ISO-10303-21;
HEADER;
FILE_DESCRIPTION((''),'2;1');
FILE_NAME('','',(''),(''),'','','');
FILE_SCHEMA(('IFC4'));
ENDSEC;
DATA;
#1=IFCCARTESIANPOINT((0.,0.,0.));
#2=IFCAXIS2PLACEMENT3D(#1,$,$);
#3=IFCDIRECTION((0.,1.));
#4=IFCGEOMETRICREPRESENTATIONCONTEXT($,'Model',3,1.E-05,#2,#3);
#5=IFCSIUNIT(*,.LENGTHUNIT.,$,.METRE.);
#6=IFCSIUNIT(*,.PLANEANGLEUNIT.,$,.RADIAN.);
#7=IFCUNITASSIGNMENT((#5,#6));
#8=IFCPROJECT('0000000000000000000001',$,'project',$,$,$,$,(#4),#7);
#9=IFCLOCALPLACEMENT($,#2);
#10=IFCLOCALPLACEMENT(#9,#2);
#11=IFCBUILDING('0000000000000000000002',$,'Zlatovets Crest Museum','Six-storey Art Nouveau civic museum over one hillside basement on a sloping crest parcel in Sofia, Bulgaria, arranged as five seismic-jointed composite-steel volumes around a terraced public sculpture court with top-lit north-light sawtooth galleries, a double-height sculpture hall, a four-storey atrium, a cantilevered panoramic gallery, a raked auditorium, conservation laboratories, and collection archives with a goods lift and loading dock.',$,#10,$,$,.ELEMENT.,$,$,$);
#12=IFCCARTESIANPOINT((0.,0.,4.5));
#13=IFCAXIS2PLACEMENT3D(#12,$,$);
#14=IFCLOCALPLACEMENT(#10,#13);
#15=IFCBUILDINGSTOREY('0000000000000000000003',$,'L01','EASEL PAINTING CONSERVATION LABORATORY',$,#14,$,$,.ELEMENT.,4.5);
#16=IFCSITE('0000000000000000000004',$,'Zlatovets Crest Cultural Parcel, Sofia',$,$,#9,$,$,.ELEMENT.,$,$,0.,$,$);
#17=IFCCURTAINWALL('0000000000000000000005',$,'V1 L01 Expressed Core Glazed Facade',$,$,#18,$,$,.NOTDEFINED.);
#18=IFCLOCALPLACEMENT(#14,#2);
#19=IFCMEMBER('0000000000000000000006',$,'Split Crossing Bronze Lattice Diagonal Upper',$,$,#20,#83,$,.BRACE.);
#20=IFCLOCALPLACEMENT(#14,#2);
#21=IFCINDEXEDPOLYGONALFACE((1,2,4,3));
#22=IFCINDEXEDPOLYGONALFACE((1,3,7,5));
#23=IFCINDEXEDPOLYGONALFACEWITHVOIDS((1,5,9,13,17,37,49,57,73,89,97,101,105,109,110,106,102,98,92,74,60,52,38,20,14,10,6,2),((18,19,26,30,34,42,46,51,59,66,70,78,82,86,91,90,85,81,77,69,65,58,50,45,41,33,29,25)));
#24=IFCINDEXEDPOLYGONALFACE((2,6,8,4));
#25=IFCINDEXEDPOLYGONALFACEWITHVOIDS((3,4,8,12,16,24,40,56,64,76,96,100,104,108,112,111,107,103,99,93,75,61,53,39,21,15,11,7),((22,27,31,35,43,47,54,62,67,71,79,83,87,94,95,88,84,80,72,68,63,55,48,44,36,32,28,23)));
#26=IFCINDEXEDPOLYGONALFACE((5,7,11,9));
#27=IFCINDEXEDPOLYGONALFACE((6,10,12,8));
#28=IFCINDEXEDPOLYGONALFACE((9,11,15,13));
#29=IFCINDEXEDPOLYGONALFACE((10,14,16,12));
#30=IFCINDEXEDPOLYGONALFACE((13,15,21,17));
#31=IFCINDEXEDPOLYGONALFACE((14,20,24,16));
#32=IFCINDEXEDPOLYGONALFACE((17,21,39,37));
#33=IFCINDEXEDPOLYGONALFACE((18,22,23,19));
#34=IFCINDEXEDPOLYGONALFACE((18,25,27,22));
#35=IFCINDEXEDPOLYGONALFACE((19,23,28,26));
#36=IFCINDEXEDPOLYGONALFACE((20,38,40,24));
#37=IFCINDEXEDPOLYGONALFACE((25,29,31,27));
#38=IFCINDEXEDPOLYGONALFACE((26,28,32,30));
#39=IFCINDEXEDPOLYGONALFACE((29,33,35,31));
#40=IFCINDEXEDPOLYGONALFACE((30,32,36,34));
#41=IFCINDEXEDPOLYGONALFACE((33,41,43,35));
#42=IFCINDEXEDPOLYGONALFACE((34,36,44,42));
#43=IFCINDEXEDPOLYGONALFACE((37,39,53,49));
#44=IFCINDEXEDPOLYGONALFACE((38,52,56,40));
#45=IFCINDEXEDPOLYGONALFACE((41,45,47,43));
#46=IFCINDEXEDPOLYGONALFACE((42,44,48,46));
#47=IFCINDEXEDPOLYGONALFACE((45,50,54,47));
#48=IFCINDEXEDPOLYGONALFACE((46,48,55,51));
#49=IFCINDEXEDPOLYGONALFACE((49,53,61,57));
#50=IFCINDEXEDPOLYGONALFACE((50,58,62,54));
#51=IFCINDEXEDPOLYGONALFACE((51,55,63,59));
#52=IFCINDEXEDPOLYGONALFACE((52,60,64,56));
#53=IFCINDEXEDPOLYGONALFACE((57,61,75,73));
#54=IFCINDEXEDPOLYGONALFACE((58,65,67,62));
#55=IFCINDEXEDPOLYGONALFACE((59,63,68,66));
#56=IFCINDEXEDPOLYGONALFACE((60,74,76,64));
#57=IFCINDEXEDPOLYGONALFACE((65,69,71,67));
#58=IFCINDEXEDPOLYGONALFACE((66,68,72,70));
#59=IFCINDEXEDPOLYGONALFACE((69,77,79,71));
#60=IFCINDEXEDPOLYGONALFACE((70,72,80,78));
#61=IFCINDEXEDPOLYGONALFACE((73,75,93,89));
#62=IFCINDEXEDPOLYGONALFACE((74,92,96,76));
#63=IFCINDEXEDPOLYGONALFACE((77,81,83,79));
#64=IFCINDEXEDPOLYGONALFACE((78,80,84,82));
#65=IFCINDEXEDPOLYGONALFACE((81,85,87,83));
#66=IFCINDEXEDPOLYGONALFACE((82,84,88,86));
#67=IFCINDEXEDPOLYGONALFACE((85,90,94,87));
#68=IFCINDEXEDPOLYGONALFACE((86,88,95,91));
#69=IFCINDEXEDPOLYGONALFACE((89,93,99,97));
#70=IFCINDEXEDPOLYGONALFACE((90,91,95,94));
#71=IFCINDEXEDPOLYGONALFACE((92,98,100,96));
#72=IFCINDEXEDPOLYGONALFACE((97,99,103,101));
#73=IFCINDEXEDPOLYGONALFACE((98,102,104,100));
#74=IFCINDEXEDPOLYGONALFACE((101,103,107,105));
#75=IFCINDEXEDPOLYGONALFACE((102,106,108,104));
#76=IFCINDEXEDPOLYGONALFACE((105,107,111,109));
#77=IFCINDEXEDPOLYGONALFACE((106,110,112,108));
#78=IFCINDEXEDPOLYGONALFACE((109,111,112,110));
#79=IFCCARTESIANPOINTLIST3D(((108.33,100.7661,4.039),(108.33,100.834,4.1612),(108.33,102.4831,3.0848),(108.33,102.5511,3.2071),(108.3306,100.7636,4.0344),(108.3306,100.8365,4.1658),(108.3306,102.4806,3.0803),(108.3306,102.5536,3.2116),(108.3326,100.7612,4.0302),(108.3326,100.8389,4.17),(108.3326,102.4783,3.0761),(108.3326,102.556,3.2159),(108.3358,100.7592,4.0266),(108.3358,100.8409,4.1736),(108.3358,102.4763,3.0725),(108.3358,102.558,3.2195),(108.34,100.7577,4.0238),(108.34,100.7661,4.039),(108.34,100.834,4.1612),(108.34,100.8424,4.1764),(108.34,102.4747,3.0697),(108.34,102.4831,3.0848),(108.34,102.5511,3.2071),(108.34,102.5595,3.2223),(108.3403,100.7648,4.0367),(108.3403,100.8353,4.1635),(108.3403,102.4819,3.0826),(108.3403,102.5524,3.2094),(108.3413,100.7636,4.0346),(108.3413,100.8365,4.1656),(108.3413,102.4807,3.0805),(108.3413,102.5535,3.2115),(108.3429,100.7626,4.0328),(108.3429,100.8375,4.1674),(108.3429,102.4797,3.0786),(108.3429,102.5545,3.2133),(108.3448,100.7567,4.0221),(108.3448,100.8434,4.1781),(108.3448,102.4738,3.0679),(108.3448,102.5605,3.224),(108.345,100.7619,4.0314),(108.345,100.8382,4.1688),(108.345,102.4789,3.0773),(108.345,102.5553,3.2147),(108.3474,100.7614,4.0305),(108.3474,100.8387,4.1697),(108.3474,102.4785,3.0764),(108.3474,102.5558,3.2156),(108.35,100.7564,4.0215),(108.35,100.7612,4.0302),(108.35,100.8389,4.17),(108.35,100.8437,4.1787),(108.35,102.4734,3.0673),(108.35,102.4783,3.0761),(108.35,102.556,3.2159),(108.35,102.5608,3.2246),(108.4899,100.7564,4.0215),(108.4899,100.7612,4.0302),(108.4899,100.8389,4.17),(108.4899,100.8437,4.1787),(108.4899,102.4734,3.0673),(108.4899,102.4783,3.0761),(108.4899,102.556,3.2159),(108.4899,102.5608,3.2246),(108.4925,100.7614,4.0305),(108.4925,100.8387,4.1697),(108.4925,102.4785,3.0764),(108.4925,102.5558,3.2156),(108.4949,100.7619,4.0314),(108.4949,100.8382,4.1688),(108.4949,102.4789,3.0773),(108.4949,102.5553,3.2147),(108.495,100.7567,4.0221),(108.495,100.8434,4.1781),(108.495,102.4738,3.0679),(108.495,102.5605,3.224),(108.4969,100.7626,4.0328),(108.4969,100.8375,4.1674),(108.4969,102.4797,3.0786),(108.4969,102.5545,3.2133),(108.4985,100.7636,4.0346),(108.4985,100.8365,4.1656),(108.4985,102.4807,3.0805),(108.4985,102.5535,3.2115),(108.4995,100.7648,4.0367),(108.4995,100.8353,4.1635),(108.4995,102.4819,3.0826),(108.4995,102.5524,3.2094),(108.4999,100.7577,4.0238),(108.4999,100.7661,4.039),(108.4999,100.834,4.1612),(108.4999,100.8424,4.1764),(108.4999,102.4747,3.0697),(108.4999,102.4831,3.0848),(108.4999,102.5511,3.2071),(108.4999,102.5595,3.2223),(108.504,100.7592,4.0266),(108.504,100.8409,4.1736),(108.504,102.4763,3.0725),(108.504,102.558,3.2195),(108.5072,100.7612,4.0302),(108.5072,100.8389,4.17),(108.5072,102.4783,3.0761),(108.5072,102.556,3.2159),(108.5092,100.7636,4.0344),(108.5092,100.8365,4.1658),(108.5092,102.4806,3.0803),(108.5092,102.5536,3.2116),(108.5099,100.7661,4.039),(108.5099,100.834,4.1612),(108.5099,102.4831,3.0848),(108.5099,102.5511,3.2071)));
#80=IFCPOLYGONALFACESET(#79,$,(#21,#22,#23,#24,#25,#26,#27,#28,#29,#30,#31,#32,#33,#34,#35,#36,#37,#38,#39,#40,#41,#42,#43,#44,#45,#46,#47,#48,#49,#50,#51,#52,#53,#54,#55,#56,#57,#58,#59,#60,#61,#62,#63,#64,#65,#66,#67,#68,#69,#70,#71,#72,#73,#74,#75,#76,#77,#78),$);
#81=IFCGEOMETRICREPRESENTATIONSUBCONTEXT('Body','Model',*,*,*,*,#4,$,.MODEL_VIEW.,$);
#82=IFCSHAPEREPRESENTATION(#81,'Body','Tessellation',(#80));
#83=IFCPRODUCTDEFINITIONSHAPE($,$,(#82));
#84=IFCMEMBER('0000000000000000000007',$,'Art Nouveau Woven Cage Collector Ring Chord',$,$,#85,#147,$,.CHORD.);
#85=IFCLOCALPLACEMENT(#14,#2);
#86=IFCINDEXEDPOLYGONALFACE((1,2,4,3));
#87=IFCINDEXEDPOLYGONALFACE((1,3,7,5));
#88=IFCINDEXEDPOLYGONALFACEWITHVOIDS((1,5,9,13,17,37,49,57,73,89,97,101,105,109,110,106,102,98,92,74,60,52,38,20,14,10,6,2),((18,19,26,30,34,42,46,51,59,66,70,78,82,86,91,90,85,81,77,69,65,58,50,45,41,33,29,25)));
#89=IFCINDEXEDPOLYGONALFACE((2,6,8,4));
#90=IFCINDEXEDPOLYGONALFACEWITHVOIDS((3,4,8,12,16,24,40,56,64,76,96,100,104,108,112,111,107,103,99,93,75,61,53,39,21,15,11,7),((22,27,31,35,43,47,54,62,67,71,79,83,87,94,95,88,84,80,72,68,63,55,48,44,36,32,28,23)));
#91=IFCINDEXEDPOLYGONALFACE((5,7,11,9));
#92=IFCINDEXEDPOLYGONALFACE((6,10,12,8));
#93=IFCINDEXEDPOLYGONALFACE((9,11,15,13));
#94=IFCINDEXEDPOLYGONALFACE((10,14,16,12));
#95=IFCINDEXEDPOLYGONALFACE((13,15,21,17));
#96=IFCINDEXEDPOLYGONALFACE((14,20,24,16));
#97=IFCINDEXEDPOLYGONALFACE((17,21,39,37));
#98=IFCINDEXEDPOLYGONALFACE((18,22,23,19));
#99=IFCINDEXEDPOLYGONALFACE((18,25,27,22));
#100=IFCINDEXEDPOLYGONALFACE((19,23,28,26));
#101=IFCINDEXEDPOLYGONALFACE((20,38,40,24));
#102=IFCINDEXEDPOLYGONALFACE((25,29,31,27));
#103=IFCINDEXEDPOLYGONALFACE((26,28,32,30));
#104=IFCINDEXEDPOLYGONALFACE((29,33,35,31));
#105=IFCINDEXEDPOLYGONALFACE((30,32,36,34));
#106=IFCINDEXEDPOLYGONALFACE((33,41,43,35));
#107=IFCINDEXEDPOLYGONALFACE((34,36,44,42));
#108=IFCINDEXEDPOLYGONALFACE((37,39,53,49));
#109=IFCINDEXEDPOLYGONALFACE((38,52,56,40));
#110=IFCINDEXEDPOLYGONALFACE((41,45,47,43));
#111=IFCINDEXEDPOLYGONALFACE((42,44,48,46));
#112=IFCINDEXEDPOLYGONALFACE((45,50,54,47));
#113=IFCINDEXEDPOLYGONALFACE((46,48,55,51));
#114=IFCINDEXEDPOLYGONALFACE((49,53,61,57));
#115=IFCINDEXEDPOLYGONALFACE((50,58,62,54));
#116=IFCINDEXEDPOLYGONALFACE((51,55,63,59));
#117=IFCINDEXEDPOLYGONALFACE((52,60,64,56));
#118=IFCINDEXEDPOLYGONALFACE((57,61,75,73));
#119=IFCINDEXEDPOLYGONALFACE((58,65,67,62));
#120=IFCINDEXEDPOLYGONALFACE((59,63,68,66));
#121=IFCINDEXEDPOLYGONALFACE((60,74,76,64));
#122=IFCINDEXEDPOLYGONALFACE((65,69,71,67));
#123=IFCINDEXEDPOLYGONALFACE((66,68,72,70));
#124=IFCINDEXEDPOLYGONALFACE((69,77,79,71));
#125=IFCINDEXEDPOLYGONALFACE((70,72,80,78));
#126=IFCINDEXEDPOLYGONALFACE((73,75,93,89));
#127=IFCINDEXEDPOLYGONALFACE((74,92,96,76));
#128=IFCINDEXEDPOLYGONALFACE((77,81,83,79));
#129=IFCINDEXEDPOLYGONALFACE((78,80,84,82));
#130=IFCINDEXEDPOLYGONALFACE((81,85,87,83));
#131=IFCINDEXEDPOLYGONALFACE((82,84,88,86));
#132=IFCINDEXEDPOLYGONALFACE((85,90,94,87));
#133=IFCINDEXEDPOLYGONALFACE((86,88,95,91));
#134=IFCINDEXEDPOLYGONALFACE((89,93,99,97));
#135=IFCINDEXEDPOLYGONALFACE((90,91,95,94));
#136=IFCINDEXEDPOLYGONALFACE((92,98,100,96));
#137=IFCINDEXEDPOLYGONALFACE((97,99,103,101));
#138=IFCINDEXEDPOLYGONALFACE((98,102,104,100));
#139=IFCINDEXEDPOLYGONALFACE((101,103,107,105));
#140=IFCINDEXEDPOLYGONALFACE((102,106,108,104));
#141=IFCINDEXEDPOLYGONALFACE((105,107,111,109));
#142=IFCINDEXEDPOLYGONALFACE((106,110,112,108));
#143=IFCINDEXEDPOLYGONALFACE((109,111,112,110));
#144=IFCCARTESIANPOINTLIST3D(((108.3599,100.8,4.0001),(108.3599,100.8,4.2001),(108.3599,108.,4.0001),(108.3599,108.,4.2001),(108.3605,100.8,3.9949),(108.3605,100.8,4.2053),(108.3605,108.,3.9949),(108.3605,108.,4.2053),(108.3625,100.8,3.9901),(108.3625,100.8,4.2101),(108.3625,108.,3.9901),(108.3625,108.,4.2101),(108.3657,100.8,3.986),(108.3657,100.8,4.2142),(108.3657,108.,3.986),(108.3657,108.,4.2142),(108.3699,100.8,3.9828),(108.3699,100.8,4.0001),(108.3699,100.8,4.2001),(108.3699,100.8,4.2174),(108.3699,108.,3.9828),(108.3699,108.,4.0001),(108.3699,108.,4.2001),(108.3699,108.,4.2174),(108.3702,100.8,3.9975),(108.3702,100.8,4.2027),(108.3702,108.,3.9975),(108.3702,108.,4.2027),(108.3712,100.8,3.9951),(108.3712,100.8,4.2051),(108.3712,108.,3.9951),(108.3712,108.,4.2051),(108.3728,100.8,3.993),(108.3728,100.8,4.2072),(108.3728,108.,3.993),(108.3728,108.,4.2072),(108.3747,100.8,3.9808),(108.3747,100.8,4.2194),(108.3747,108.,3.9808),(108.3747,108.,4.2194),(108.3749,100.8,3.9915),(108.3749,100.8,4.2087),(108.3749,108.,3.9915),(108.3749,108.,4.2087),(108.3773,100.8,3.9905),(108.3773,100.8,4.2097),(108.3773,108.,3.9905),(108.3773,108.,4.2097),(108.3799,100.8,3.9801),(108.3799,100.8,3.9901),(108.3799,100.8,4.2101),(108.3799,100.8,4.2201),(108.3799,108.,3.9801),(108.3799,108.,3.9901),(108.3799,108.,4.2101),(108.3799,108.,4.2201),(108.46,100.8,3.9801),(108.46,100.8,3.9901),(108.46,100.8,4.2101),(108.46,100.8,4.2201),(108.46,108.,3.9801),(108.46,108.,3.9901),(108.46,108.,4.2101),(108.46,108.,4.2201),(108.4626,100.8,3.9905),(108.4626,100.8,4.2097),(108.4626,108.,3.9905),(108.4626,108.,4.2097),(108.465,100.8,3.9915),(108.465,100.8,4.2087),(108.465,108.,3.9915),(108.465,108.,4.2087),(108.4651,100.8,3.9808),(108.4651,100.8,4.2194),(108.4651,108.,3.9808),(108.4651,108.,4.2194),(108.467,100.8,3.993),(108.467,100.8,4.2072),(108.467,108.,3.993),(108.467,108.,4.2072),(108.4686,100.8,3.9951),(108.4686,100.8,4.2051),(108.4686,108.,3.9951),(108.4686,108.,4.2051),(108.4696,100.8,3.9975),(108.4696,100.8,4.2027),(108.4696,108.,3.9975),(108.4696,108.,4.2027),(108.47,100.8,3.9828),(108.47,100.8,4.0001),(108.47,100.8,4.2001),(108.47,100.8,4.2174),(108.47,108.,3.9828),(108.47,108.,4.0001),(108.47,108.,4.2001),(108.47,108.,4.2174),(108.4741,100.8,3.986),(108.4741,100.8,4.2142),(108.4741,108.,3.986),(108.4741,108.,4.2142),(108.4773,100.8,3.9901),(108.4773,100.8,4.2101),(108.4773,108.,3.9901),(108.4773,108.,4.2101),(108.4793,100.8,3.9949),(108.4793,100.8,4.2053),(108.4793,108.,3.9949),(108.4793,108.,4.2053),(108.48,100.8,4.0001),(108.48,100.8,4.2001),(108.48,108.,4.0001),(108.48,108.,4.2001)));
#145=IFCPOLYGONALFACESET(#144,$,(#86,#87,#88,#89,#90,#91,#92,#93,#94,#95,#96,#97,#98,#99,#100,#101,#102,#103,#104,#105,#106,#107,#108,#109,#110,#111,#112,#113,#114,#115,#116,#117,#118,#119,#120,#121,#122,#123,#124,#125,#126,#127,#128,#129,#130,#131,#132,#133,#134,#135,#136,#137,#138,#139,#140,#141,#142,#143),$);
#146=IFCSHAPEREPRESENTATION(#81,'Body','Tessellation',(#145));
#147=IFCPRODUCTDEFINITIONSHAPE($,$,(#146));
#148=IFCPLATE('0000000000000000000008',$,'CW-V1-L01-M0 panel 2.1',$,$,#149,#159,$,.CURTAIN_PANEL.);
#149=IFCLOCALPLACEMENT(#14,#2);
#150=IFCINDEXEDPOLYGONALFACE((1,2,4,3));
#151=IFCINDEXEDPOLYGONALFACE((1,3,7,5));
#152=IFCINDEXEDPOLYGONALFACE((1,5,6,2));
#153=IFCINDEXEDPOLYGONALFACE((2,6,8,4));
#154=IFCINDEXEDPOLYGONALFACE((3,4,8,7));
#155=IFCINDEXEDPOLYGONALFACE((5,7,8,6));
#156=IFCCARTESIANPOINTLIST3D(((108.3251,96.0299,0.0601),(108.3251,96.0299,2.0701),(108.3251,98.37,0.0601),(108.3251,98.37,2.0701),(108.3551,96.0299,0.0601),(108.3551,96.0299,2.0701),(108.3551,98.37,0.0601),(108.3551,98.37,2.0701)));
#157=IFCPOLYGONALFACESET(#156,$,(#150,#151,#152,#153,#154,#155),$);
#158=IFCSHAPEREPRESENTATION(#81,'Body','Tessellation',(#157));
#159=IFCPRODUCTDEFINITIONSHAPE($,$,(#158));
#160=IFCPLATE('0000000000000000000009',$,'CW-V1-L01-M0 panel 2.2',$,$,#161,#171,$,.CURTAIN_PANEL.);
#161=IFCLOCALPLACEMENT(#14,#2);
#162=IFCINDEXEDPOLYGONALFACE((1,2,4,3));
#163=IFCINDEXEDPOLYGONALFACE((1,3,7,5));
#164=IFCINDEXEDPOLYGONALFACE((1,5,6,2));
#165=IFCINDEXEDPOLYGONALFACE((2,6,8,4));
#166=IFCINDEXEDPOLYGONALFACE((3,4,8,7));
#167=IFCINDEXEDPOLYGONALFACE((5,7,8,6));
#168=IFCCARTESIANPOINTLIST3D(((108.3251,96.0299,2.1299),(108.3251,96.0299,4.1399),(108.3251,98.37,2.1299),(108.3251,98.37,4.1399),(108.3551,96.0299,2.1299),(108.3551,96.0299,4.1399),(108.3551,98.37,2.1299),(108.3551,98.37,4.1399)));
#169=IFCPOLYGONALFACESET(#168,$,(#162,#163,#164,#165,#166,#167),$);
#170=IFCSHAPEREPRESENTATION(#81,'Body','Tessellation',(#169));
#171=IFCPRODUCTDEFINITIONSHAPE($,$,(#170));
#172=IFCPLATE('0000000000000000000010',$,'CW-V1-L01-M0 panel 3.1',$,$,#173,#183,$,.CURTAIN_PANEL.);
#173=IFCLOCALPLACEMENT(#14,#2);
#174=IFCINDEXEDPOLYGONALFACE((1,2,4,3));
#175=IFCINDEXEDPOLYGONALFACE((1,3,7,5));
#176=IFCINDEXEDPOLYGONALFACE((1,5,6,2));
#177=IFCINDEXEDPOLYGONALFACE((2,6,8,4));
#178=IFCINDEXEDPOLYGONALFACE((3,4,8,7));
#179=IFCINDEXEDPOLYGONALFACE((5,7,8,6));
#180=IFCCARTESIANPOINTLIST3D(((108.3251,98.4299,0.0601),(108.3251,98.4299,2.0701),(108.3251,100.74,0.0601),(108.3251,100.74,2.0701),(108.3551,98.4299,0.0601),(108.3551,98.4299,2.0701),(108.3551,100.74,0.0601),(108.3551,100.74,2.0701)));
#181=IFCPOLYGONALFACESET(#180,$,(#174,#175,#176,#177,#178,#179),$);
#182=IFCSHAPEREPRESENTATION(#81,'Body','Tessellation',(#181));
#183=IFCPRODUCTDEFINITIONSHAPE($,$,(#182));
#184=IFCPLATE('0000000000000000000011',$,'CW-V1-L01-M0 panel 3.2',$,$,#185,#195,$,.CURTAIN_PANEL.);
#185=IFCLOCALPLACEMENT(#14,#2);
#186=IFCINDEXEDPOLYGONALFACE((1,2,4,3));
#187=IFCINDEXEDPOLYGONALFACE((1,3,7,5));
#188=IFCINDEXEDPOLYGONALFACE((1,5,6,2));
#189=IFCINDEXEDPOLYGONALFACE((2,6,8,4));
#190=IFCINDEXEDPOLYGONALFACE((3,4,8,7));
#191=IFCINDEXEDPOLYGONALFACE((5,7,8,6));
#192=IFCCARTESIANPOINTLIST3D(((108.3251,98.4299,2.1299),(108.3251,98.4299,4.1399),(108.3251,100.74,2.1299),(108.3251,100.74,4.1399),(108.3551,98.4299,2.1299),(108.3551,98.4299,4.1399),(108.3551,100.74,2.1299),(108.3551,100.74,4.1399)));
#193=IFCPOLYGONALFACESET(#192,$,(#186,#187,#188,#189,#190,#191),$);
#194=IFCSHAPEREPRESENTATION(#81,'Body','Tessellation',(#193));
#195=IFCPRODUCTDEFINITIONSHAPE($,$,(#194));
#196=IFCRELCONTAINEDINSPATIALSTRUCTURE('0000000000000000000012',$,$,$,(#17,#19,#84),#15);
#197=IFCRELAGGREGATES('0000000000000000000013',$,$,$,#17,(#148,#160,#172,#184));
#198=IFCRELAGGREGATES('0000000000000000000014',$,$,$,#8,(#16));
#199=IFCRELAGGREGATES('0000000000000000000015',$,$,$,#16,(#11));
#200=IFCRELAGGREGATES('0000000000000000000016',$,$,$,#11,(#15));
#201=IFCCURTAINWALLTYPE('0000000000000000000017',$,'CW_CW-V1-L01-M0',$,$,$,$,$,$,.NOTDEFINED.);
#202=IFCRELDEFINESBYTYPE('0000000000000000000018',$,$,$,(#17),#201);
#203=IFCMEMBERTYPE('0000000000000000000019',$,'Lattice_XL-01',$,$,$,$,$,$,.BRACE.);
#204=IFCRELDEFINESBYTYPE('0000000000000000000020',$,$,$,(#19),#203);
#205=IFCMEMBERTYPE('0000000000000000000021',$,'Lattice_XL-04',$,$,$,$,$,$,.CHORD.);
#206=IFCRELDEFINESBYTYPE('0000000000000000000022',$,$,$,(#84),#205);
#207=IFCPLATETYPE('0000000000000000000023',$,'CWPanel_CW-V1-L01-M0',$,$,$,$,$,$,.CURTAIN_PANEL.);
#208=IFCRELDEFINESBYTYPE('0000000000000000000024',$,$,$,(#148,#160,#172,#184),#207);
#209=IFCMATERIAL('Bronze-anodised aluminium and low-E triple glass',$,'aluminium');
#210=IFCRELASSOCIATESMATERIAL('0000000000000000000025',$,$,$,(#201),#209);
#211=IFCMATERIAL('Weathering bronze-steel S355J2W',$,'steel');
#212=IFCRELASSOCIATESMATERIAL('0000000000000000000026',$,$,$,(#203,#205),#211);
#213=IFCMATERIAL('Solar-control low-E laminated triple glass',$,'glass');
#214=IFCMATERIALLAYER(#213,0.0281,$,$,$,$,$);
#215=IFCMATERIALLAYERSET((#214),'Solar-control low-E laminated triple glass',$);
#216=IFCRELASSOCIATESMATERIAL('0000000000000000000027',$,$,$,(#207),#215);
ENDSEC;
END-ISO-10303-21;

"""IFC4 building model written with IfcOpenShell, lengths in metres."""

from ifc_helpers import new_model, si_unit, direction, frame, origin, origin_2d, place, context, subcontext, project, spatial, rectangle, hollow_rectangle, extrude, material, layer, layer_set, material_profile, profile_set, type_object, element, aggregate, save


model = new_model("IFC4")

# Units and contexts
model_context = context("Model", 3, precision=1e-05, world=origin(), true_north=direction((0.0, 1.0)))
body_context = subcontext(model_context, "Body", "Model", "MODEL_VIEW")
ifc_project = project(units=[si_unit("LENGTHUNIT", "METRE"), si_unit("PLANEANGLEUNIT", "RADIAN")], contexts=[model_context])

# Site, building, storey
site_placement = place(None, origin())
site = spatial("IfcSite", under=ifc_project, at=site_placement, Name="Zlatovets Crest Cultural Parcel, Sofia", CompositionType="ELEMENT", RefElevation=0.0)
building_placement = place(site_placement, origin())
building = spatial("IfcBuilding", under=site, at=building_placement, Name="Zlatovets Crest Museum", Description="Six-storey Art Nouveau civic museum over one hillside basement on a sloping crest parcel in Sofia, Bulgaria, arranged as five seismic-jointed composite-steel volumes around a terraced public sculpture court with top-lit north-light sawtooth galleries, a double-height sculpture hall, a four-storey atrium, a cantilevered panoramic gallery, a raked auditorium, conservation laboratories, and collection archives with a goods lift and loading dock.", CompositionType="ELEMENT")
storey_placement = place(building_placement, frame((0.0, 0.0, 4.5)))
storey = spatial("IfcBuildingStorey", under=building, at=storey_placement, Name="L01", Description="EASEL PAINTING CONSERVATION LABORATORY", CompositionType="ELEMENT", Elevation=4.5)

# Curtain wall
ifc_material_1 = material(Name="Bronze-anodised aluminium and low-E triple glass", Category="aluminium")
curtain_wall_type_1 = type_object("IfcCurtainWallType", Name="CW_CW-V1-L01-M0", PredefinedType="NOTDEFINED", material=ifc_material_1)
curtain_wall_1_placement = place(storey_placement, origin())
curtain_wall_1 = element("IfcCurtainWall", 1, at=curtain_wall_1_placement, inside=storey, type_object=curtain_wall_type_1, Name="V1 L01 Expressed Core Glazed Facade", PredefinedType="NOTDEFINED")

# Members
ifc_material_2 = material(Name="Weathering bronze-steel S355J2W", Category="steel")
ifc_material_profile_1 = material_profile(ifc_material_2, hollow_rectangle(XDim=0.1799, YDim=0.1799, WallThickness=0.01, InnerFilletRadius=0.01, OuterFilletRadius=0.02, at=origin_2d()), Name="SHS 180x180x10.0")
ifc_profile_set_1 = profile_set([ifc_material_profile_1], Name="Weathering bronze-steel S355J2W")
member_type_1 = type_object("IfcMemberType", Name="Lattice_XL-01", PredefinedType="BRACE", material=ifc_profile_set_1)
member_1_placement = place(storey_placement, frame((108.4199, 100.8, 4.1001), z_axis=(0.0, 0.874116, -0.485717), x_axis=(-1.0, 0.0, 0.0)))
element("IfcMember", 2, at=member_1_placement, inside=storey, type_object=member_type_1, Name="Split Crossing Bronze Lattice Diagonal Upper", PredefinedType="BRACE", context=body_context, shape_type="SweptSolid", body=[
    extrude(hollow_rectangle(XDim=0.1799, YDim=0.1799, WallThickness=0.01, InnerFilletRadius=0.01, OuterFilletRadius=0.02, at=origin_2d()), origin(), (0.0, 0.0, 1.0), 1.9644),
])
ifc_material_profile_2 = material_profile(ifc_material_2, hollow_rectangle(XDim=0.1201, YDim=0.24, WallThickness=0.01, InnerFilletRadius=0.01, OuterFilletRadius=0.02, at=origin_2d()), Name="RHS 120x240x10.0")
ifc_profile_set_2 = profile_set([ifc_material_profile_2], Name="Weathering bronze-steel S355J2W")
member_type_2 = type_object("IfcMemberType", Name="Lattice_XL-04", PredefinedType="CHORD", material=ifc_profile_set_2)
member_2_placement = place(storey_placement, frame((108.4199, 100.8, 4.1001), z_axis=(0.0, 1.0, 0.0), x_axis=(-1.0, 0.0, 0.0)))
element("IfcMember", 3, at=member_2_placement, inside=storey, type_object=member_type_2, Name="Art Nouveau Woven Cage Collector Ring Chord", PredefinedType="CHORD", context=body_context, shape_type="SweptSolid", body=[
    extrude(hollow_rectangle(XDim=0.1201, YDim=0.24, WallThickness=0.01, InnerFilletRadius=0.01, OuterFilletRadius=0.02, at=origin_2d()), origin(), (0.0, 0.0, 1.0), 7.2),
])

# Plates
ifc_material_3 = material(Name="Solar-control low-E laminated triple glass", Category="glass")
ifc_layer_1 = layer(ifc_material_3, 0.0281)
ifc_layer_set_1 = layer_set([ifc_layer_1], Name="Solar-control low-E laminated triple glass")
plate_type_1 = type_object("IfcPlateType", Name="CWPanel_CW-V1-L01-M0", PredefinedType="CURTAIN_PANEL", material=ifc_layer_set_1)
plate_1_placement = place(storey_placement, frame((108.3401, 97.2, 0.0601), z_axis=(0.0, 0.0, 1.0), x_axis=(0.0, 1.0, 0.0)))
plate_1 = element("IfcPlate", 4, at=plate_1_placement, type_object=plate_type_1, Name="CW-V1-L01-M0 panel 2.1", PredefinedType="CURTAIN_PANEL", context=body_context, shape_type="SweptSolid", body=[
    extrude(rectangle(XDim=2.3401, YDim=0.03, at=origin_2d()), origin(), (0.0, 0.0, 1.0), 2.01),
])
plate_2_placement = place(storey_placement, frame((108.3401, 97.2, 2.1299), z_axis=(0.0, 0.0, 1.0), x_axis=(0.0, 1.0, 0.0)))
plate_2 = element("IfcPlate", 5, at=plate_2_placement, type_object=plate_type_1, Name="CW-V1-L01-M0 panel 2.2", PredefinedType="CURTAIN_PANEL", context=body_context, shape_type="SweptSolid", body=[
    extrude(rectangle(XDim=2.3401, YDim=0.03, at=origin_2d()), origin(), (0.0, 0.0, 1.0), 2.01),
])
plate_3_placement = place(storey_placement, frame((108.3401, 99.585, 0.0601), z_axis=(0.0, 0.0, 1.0), x_axis=(0.0, 1.0, 0.0)))
plate_3 = element("IfcPlate", 6, at=plate_3_placement, type_object=plate_type_1, Name="CW-V1-L01-M0 panel 3.1", PredefinedType="CURTAIN_PANEL", context=body_context, shape_type="SweptSolid", body=[
    extrude(rectangle(XDim=2.3101, YDim=0.03, at=origin_2d()), origin(), (0.0, 0.0, 1.0), 2.01),
])
plate_4_placement = place(storey_placement, frame((108.3401, 99.585, 2.1299), z_axis=(0.0, 0.0, 1.0), x_axis=(0.0, 1.0, 0.0)))
plate_4 = element("IfcPlate", 7, at=plate_4_placement, type_object=plate_type_1, Name="CW-V1-L01-M0 panel 3.2", PredefinedType="CURTAIN_PANEL", context=body_context, shape_type="SweptSolid", body=[
    extrude(rectangle(XDim=2.3101, YDim=0.03, at=origin_2d()), origin(), (0.0, 0.0, 1.0), 2.01),
])
aggregate(curtain_wall_1, [plate_1, plate_2, plate_3, plate_4])

save(model, "model.ifc")
